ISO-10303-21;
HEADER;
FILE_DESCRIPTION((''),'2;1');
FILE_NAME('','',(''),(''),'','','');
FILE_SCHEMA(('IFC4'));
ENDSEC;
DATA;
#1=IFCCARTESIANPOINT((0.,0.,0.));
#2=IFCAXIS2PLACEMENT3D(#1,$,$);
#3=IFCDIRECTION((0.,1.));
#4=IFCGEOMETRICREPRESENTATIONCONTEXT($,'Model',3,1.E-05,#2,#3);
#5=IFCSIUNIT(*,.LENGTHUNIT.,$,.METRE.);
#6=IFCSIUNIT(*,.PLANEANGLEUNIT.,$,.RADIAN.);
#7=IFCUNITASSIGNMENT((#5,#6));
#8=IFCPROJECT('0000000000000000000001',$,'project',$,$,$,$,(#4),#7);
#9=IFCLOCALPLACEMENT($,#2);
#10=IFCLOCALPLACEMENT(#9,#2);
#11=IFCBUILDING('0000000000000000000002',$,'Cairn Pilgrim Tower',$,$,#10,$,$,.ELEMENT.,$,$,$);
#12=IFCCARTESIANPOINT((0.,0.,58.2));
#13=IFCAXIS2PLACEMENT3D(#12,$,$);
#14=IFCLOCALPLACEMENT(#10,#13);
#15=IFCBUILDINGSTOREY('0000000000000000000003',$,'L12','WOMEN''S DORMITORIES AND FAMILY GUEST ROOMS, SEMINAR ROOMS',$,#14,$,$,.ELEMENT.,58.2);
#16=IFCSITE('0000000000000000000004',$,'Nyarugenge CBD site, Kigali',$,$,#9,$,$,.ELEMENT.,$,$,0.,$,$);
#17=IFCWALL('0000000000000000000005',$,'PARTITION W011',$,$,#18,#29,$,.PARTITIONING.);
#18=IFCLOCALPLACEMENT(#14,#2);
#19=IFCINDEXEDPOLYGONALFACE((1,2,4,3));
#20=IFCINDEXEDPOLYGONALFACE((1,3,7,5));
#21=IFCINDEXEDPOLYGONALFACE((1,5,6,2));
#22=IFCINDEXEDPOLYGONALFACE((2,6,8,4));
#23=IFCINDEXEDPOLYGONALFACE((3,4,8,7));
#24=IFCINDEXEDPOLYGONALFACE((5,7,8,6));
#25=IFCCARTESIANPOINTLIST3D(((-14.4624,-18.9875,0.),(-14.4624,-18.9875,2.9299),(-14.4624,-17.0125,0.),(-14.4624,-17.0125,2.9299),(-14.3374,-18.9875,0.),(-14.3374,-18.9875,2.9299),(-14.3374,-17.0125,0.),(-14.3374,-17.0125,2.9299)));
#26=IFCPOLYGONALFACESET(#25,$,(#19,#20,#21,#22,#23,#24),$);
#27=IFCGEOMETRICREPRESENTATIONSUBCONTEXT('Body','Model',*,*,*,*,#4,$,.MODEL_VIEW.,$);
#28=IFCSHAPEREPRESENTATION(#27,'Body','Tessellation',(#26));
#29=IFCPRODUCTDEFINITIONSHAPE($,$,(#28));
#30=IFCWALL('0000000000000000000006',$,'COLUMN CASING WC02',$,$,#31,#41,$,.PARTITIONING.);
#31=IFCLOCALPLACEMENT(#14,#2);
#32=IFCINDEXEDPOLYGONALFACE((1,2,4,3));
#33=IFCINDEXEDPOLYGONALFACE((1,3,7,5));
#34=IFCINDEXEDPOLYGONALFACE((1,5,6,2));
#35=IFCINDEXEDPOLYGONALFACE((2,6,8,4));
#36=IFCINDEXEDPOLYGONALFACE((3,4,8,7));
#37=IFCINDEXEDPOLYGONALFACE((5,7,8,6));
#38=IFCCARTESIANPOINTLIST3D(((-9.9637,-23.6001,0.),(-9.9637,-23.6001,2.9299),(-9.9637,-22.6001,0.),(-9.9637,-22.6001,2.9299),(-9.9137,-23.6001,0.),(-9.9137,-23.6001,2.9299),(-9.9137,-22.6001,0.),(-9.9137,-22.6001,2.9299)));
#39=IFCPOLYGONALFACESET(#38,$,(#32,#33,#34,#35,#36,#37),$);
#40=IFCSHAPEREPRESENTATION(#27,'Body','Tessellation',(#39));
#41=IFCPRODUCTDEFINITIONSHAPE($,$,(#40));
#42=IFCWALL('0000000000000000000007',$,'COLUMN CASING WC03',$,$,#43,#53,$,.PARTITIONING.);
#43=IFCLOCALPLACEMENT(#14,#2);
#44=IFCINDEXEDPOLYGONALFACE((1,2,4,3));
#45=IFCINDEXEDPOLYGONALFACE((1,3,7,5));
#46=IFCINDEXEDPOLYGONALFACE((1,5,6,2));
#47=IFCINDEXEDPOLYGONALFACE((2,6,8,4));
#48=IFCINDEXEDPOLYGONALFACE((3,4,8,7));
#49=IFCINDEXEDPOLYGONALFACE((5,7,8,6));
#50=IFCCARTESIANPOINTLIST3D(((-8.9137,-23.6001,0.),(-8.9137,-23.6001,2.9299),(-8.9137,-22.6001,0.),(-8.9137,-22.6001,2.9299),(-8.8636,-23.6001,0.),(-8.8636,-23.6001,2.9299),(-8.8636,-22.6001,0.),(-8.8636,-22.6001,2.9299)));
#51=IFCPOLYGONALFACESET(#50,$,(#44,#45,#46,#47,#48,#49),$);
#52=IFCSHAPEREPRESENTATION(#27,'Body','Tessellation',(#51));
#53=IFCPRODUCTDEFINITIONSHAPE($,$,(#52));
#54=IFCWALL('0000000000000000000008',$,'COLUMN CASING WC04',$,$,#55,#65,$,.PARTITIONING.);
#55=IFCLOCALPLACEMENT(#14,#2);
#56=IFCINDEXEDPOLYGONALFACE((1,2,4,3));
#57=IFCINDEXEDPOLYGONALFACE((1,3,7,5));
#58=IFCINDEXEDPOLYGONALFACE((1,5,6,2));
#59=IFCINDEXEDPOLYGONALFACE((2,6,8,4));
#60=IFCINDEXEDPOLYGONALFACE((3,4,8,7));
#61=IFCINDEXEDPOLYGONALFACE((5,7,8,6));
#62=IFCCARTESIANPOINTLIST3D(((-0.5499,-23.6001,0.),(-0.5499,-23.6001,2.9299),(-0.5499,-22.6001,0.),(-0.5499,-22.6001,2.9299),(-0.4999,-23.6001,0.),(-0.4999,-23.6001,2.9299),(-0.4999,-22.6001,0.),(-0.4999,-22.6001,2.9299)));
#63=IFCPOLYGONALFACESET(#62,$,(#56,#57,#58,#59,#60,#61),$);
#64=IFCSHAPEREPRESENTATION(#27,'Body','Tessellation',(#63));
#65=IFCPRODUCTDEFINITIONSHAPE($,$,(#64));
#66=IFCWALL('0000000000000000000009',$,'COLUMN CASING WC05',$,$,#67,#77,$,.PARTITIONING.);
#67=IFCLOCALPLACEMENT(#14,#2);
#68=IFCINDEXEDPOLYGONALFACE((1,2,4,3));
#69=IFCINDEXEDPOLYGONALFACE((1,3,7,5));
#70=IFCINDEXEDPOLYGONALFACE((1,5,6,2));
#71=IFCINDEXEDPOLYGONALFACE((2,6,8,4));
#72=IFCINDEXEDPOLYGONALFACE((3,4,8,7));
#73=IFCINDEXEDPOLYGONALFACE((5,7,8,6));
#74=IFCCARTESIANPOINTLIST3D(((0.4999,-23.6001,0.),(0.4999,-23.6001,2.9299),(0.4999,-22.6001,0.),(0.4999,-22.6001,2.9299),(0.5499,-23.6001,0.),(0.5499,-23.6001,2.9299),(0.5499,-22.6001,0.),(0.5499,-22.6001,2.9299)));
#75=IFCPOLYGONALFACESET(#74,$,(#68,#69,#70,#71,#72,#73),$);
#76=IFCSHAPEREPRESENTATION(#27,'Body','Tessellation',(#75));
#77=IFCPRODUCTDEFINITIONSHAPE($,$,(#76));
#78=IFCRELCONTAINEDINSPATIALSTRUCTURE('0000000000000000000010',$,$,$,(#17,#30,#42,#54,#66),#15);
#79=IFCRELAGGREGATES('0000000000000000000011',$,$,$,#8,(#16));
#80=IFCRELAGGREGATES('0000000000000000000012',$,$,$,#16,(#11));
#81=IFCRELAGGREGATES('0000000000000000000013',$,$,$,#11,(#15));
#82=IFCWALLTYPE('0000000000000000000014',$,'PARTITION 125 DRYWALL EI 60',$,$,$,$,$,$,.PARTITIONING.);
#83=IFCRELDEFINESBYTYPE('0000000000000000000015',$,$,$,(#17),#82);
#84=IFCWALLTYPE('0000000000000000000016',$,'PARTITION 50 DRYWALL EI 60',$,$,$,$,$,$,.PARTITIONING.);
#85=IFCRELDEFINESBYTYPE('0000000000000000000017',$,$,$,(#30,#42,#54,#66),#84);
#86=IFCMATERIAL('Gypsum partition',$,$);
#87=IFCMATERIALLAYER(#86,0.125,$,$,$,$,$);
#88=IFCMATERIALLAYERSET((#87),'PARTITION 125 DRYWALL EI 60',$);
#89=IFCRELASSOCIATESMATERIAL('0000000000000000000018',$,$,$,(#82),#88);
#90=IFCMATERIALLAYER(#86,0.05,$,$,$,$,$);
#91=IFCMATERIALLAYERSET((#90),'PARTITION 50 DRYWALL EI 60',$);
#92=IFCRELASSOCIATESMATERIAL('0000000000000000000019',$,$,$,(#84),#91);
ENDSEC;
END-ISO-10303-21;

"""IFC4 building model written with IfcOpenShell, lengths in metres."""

from ifc_helpers import new_model, si_unit, direction, frame, frame_2d, origin, place, context, subcontext, project, spatial, rectangle, extrude, material, layer, layer_set, type_object, element, save


model = new_model("IFC4")

# Units and contexts
model_context = context("Model", 3, precision=1e-05, world=origin(), true_north=direction((0.0, 1.0)))
body_context = subcontext(model_context, "Body", "Model", "MODEL_VIEW")
ifc_project = project(units=[si_unit("LENGTHUNIT", "METRE"), si_unit("PLANEANGLEUNIT", "RADIAN")], contexts=[model_context])

# Site, building, storey
site_placement = place(None, origin())
site = spatial("IfcSite", under=ifc_project, at=site_placement, Name="Nyarugenge CBD site, Kigali", CompositionType="ELEMENT", RefElevation=0.0)
building_placement = place(site_placement, origin())
building = spatial("IfcBuilding", under=site, at=building_placement, Name="Cairn Pilgrim Tower", CompositionType="ELEMENT")
storey_placement = place(building_placement, frame((0.0, 0.0, 58.2)))
storey = spatial("IfcBuildingStorey", under=building, at=storey_placement, Name="L12", Description="WOMEN'S DORMITORIES AND FAMILY GUEST ROOMS, SEMINAR ROOMS", CompositionType="ELEMENT", Elevation=58.2)

# Walls
ifc_material_1 = material(Name="Gypsum partition")
ifc_layer_1 = layer(ifc_material_1, 0.125)
ifc_layer_set_1 = layer_set([ifc_layer_1], Name="PARTITION 125 DRYWALL EI 60")
wall_type_1 = type_object("IfcWallType", Name="PARTITION 125 DRYWALL EI 60", PredefinedType="PARTITIONING", material=ifc_layer_set_1)
wall_1_placement = place(storey_placement, frame((-14.3999, -18.9875, 0.0), z_axis=(0.0, 0.0, 1.0), x_axis=(0.0, 1.0, 0.0)))
element("IfcWall", 1, at=wall_1_placement, inside=storey, type_object=wall_type_1, Name="PARTITION W011", PredefinedType="PARTITIONING", context=body_context, shape_type="SweptSolid", body=[
    extrude(rectangle(XDim=1.9751, YDim=0.125, at=frame_2d((0.9875, 0.0))), origin(), (0.0, 0.0, 1.0), 2.9299),
])
ifc_layer_2 = layer(ifc_material_1, 0.05)
ifc_layer_set_2 = layer_set([ifc_layer_2], Name="PARTITION 50 DRYWALL EI 60")
wall_type_2 = type_object("IfcWallType", Name="PARTITION 50 DRYWALL EI 60", PredefinedType="PARTITIONING", material=ifc_layer_set_2)
for number, where, z_axis, x_axis, name in (
    (2, (-9.9387, -23.6001, 0.0), (0.0, 0.0, 1.0), (0.0, 1.0, 0.0), "COLUMN CASING WC02"),
    (3, (-8.8887, -23.6001, 0.0), (0.0, 0.0, 1.0), (0.0, 1.0, 0.0), "COLUMN CASING WC03"),
    (4, (-0.5249, -23.6001, 0.0), (0.0, 0.0, 1.0), (0.0, 1.0, 0.0), "COLUMN CASING WC04"),
    (5, (0.5249, -23.6001, 0.0), (0.0, 0.0, 1.0), (0.0, 1.0, 0.0), "COLUMN CASING WC05"),
):
    element("IfcWall", number, at=place(storey_placement, frame(where, z_axis=z_axis, x_axis=x_axis)), inside=storey, type_object=wall_type_2, Name=name, PredefinedType="PARTITIONING", context=body_context, shape_type="SweptSolid", body=[
        extrude(rectangle(XDim=1.0, YDim=0.05, at=frame_2d((0.5, 0.0))), origin(), (0.0, 0.0, 1.0), 2.9299),
    ])

save(model, "model.ifc")
